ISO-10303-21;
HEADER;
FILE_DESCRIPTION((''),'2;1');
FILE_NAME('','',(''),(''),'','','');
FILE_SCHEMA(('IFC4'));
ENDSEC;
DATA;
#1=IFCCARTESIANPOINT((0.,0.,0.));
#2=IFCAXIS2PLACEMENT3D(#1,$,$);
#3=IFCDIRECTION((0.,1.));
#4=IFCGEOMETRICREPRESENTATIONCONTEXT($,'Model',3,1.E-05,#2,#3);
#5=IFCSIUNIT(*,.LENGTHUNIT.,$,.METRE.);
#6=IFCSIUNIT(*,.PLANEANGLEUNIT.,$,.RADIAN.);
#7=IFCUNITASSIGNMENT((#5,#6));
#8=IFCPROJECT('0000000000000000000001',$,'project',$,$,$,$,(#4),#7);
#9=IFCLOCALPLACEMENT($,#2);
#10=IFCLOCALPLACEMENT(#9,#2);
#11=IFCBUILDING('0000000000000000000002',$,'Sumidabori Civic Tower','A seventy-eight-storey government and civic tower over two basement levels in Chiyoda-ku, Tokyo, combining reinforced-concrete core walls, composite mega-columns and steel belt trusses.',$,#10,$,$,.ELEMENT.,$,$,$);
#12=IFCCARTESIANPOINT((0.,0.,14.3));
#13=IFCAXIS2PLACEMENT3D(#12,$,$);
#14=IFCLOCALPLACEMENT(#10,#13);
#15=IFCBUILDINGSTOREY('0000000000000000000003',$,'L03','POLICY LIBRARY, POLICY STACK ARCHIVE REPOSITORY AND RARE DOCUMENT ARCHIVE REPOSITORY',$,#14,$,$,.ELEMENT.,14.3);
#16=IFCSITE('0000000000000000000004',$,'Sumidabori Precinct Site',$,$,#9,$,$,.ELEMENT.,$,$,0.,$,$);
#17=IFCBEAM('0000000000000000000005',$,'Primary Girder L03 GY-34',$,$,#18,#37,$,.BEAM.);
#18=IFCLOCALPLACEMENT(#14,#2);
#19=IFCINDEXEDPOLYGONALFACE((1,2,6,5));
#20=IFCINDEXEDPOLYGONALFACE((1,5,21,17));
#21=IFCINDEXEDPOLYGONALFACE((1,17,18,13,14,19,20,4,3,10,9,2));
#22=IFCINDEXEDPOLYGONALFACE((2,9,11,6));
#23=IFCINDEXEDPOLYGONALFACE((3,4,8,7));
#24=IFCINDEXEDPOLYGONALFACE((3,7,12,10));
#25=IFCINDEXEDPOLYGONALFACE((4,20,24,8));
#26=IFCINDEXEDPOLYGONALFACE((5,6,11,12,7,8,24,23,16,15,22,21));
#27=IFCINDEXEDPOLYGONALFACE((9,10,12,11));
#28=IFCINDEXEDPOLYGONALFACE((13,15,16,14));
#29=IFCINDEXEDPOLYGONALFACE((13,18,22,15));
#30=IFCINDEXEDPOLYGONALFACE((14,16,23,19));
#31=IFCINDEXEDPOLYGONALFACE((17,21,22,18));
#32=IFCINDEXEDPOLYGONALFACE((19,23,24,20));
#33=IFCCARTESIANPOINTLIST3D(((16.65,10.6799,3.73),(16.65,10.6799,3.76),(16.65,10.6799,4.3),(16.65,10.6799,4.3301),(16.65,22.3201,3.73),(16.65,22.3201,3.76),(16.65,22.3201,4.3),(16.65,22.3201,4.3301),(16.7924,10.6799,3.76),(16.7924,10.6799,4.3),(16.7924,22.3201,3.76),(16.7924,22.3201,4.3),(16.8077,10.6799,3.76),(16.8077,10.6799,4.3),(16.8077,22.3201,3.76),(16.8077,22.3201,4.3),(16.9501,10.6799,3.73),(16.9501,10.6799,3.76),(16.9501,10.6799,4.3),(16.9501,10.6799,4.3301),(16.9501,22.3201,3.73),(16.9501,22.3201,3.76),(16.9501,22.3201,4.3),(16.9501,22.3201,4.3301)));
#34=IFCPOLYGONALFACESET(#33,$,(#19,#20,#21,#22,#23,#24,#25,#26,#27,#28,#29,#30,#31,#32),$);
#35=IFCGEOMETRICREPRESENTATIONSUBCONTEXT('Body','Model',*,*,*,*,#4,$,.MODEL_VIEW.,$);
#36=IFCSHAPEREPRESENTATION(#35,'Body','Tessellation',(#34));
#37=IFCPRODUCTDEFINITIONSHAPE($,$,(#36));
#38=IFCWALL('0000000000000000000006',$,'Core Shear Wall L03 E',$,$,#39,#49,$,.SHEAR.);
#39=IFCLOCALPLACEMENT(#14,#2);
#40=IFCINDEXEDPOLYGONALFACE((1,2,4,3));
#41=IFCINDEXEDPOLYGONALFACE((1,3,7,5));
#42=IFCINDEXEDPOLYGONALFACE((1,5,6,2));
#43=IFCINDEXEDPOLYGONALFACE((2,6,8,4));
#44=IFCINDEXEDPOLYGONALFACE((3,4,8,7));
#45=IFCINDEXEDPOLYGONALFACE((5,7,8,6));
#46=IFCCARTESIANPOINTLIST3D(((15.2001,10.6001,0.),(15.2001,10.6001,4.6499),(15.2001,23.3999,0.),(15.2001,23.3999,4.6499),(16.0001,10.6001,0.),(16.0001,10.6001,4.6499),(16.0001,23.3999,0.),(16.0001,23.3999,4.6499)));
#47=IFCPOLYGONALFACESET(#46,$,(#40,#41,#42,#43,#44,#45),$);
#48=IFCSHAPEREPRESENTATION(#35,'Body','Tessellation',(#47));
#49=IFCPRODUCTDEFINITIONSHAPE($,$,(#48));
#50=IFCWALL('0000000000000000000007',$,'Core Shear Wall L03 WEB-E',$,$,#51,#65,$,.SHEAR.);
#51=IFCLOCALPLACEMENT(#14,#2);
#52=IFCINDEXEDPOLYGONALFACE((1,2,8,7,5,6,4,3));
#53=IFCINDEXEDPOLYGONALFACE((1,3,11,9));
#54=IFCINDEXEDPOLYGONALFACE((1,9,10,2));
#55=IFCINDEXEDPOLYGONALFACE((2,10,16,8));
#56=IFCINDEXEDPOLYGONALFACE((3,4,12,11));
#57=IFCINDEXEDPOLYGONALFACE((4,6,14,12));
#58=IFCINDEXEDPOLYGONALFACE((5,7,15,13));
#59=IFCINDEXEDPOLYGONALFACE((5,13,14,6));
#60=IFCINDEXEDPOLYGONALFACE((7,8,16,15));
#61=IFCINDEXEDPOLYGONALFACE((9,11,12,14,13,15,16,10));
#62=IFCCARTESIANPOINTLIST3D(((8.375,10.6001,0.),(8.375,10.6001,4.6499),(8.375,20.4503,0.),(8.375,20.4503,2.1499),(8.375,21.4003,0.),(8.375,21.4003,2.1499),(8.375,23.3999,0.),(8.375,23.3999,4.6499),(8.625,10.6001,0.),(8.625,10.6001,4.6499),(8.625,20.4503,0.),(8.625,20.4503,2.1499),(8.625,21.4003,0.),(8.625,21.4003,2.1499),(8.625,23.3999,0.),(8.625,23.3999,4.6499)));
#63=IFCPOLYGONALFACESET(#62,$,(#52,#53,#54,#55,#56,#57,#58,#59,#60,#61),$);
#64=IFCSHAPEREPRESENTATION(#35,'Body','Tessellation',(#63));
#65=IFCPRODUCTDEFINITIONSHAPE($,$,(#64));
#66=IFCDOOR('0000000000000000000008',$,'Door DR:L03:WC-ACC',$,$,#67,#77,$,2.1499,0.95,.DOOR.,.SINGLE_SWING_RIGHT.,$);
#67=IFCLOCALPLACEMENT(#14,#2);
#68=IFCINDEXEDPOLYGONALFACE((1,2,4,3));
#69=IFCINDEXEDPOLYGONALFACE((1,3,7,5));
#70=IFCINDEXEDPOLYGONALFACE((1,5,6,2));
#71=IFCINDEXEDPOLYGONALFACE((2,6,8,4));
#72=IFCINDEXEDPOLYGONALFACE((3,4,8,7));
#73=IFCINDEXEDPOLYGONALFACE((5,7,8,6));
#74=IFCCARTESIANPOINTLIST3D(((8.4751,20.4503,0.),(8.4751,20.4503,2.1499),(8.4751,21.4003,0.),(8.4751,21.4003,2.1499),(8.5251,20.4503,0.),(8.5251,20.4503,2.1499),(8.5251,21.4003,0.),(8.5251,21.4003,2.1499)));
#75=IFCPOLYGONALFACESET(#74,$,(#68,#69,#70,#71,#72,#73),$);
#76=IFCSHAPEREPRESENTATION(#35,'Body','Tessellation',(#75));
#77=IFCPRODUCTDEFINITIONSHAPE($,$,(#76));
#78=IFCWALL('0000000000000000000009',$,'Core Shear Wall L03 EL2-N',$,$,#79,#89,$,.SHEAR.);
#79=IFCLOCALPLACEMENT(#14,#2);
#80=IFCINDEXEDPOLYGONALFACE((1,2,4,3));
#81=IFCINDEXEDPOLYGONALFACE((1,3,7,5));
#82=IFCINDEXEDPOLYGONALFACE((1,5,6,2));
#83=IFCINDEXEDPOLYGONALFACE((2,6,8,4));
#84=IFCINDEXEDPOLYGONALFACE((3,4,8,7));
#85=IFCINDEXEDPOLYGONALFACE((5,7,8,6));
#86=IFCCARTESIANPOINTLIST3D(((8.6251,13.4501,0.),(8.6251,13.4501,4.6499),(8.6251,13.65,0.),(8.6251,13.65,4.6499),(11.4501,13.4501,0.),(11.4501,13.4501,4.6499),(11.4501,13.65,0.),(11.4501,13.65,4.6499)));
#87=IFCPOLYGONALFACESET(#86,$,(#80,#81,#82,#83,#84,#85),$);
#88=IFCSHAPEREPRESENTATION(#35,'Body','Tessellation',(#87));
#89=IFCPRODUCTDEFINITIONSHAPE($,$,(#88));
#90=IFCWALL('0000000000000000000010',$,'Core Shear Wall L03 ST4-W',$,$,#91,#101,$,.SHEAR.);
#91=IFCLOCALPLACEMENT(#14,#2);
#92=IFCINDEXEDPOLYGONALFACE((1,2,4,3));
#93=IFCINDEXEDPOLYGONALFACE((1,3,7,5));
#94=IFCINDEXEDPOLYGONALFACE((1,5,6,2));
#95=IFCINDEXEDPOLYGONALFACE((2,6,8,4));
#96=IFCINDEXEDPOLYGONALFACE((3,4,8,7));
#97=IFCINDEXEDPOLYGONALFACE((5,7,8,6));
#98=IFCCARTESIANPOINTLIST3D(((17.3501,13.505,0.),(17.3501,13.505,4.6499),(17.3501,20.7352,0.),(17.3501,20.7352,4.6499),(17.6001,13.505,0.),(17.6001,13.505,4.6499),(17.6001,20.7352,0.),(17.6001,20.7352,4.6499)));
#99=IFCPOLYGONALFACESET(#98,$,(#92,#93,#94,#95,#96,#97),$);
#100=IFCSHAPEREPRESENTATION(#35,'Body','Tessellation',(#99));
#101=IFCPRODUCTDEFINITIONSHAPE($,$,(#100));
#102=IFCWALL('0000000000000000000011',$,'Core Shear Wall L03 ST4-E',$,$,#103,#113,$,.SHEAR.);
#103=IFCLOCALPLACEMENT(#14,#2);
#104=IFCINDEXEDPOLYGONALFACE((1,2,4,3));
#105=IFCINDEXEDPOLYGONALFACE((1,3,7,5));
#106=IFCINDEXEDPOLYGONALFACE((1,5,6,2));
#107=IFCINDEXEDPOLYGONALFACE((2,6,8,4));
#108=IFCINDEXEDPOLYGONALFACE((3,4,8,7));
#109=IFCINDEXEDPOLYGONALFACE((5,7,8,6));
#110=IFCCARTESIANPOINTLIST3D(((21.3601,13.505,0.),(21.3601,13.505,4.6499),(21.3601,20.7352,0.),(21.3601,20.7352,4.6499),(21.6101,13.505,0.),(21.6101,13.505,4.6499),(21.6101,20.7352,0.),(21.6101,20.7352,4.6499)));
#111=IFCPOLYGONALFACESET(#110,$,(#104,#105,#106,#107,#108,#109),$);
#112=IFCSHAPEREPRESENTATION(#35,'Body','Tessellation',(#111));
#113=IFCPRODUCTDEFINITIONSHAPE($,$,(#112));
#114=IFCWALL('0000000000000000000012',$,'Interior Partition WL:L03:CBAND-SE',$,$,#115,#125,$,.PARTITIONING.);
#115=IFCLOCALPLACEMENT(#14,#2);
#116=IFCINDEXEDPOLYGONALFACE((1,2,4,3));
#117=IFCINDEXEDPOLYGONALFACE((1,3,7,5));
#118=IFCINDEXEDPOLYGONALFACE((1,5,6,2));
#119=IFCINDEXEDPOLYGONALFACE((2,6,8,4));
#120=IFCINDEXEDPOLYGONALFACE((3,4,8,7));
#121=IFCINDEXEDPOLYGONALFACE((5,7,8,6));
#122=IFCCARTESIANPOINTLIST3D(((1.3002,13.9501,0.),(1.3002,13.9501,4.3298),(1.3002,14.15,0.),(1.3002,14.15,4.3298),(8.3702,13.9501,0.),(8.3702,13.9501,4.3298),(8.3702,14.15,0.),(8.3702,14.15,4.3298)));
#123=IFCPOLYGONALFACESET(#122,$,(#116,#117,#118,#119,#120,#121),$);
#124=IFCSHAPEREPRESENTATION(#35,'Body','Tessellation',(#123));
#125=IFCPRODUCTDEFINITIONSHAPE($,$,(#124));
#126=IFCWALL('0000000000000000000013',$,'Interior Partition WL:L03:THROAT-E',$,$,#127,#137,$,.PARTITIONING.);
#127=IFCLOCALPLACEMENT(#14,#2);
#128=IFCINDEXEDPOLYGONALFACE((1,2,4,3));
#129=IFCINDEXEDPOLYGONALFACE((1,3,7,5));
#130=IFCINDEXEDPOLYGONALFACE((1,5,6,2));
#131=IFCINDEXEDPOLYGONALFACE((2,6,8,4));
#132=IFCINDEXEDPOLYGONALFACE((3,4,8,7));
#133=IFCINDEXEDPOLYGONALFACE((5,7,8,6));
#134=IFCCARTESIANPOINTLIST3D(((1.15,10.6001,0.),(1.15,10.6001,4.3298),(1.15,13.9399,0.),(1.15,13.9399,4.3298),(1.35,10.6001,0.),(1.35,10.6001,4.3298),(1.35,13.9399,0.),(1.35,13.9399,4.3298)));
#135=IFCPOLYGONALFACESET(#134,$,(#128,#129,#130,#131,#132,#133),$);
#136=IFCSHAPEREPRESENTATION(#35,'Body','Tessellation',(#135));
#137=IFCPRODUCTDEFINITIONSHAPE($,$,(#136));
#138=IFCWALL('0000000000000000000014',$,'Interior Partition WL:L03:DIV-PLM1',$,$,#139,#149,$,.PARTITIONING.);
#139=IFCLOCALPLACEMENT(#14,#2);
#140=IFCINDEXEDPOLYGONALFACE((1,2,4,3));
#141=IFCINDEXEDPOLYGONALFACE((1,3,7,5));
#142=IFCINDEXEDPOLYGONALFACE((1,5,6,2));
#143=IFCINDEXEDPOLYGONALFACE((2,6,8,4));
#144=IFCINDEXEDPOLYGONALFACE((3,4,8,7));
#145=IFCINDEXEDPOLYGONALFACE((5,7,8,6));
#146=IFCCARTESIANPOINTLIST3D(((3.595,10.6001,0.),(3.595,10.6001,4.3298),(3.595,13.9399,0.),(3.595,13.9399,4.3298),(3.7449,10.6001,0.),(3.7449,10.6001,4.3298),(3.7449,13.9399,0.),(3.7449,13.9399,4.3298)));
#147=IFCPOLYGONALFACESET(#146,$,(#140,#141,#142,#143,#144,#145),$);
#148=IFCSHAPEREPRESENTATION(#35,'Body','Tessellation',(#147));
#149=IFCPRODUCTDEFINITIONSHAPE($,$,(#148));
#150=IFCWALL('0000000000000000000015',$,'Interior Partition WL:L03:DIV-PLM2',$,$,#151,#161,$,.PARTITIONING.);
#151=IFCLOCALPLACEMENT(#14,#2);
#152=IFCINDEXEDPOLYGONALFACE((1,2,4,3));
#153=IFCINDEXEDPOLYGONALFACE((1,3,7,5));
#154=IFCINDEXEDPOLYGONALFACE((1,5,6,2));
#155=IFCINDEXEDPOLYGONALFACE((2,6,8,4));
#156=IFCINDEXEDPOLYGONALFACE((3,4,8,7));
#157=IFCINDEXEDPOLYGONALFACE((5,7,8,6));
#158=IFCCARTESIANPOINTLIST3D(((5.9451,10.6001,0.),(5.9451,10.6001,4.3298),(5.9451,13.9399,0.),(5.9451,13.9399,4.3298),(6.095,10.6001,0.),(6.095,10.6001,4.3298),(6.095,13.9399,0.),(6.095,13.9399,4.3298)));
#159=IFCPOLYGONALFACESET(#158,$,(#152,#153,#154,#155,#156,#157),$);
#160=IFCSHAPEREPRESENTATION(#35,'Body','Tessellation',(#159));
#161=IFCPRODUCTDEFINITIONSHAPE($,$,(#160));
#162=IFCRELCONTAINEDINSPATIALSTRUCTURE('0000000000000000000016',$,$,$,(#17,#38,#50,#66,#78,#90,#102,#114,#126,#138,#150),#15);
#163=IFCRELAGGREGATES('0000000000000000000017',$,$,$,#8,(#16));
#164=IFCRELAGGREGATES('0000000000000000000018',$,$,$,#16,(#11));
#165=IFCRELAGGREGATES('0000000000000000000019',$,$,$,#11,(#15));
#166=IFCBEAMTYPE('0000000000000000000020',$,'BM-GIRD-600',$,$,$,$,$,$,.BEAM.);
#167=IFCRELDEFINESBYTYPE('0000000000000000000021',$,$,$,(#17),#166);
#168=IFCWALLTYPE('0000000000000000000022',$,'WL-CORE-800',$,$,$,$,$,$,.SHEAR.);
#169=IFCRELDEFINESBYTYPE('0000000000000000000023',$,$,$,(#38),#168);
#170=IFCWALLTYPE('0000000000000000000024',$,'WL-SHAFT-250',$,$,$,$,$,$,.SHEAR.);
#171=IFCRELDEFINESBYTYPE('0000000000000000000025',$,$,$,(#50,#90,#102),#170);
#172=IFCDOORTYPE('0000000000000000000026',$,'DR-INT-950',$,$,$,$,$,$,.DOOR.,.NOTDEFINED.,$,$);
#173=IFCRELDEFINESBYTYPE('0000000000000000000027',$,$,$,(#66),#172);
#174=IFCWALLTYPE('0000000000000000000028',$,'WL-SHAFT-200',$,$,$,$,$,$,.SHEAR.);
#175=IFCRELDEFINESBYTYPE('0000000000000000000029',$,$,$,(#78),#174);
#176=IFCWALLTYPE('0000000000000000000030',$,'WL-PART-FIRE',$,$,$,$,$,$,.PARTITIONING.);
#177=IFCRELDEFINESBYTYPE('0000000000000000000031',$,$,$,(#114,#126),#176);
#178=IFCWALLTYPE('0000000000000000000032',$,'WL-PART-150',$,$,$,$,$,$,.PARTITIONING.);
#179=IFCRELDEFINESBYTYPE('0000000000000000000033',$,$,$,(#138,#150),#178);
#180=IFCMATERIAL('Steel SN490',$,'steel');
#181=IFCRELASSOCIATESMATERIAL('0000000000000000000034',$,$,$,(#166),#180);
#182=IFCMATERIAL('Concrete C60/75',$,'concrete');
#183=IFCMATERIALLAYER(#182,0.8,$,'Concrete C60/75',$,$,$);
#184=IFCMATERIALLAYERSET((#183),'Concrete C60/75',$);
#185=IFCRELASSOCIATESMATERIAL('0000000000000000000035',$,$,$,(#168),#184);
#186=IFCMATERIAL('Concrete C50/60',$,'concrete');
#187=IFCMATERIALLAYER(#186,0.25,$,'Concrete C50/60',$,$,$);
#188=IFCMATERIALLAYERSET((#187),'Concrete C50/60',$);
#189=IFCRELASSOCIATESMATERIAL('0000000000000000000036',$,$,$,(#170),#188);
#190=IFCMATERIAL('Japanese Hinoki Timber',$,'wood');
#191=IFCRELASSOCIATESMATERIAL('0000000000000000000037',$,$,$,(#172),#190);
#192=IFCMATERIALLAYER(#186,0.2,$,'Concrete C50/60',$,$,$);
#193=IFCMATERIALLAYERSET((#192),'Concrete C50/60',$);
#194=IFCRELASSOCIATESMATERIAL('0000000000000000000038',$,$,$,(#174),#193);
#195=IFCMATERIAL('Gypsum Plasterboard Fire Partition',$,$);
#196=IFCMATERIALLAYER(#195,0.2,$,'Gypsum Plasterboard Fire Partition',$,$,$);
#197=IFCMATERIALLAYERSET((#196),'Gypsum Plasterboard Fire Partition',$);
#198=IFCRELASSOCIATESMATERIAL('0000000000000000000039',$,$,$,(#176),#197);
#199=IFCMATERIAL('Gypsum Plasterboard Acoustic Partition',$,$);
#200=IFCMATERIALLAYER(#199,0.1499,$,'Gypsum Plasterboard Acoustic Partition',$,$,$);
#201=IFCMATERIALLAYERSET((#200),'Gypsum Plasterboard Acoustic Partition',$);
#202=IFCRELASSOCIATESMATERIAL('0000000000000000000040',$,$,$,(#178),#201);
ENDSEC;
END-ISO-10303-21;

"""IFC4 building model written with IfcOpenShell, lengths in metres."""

from ifc_helpers import new_model, si_unit, direction, frame, frame_2d, origin, origin_2d, place, context, subcontext, project, spatial, rectangle, i_section, extrude, source, transform, mapped, material, layer, layer_set, material_profile, profile_set, type_object, element, fill, save


model = new_model("IFC4")

# Units and contexts
model_context = context("Model", 3, precision=1e-05, world=origin(), true_north=direction((0.0, 1.0)))
body_context = subcontext(model_context, "Body", "Model", "MODEL_VIEW")
ifc_project = project(units=[si_unit("LENGTHUNIT", "METRE"), si_unit("PLANEANGLEUNIT", "RADIAN")], contexts=[model_context])

# Site, building, storey
site_placement = place(None, origin())
site = spatial("IfcSite", under=ifc_project, at=site_placement, Name="Sumidabori Precinct Site", CompositionType="ELEMENT", RefElevation=0.0)
building_placement = place(site_placement, origin())
building = spatial("IfcBuilding", under=site, at=building_placement, Name="Sumidabori Civic Tower", Description="A seventy-eight-storey government and civic tower over two basement levels in Chiyoda-ku, Tokyo, combining reinforced-concrete core walls, composite mega-columns and steel belt trusses.", CompositionType="ELEMENT")
storey_placement = place(building_placement, frame((0.0, 0.0, 14.3)))
storey = spatial("IfcBuildingStorey", under=building, at=storey_placement, Name="L03", Description="POLICY LIBRARY, POLICY STACK ARCHIVE REPOSITORY AND RARE DOCUMENT ARCHIVE REPOSITORY", CompositionType="ELEMENT", Elevation=14.3)

# Shared definitions
ifc_material_1 = material(Name="Concrete C60/75", Category="concrete")

# Beam
ifc_material_2 = material(Name="Steel SN490", Category="steel")
ifc_material_profile_1 = material_profile(ifc_material_2, i_section(OverallWidth=0.3, OverallDepth=0.6001, WebThickness=0.0154, FlangeThickness=0.03, at=origin_2d()), Name="HE 600 B")
ifc_profile_set_1 = profile_set([ifc_material_profile_1], Name="Steel SN490")
beam_type_1 = type_object("IfcBeamType", Name="BM-GIRD-600", PredefinedType="BEAM", material=ifc_profile_set_1)
shared_shape_1 = source(origin(), body_context, "Body", "SweptSolid", [
    extrude(i_section(OverallWidth=0.3, OverallDepth=0.6001, WebThickness=0.0154, FlangeThickness=0.03, at=origin_2d()), origin(), (0.0, 0.0, 1.0), 11.6401),
])
beam_1_placement = place(storey_placement, frame((16.8, 10.6799, 4.03), z_axis=(0.0, 1.0, 0.0), x_axis=(-1.0, 0.0, 0.0)))
element("IfcBeam", 1, at=beam_1_placement, inside=storey, type_object=beam_type_1, Name="Primary Girder L03 GY-34", PredefinedType="BEAM", context=body_context, shape_type="MappedRepresentation", body=[
    mapped(shared_shape_1, transform((0.0, 0.0, 0.0), x_axis=(1.0, 0.0, 0.0), y_axis=(0.0, 1.0, 0.0), z_axis=(0.0, 0.0, 1.0), scale=1.0)),
])

# Wall
ifc_layer_1 = layer(ifc_material_1, 0.8, Name="Concrete C60/75")
ifc_layer_set_1 = layer_set([ifc_layer_1], Name="Concrete C60/75")
wall_type_1 = type_object("IfcWallType", Name="WL-CORE-800", PredefinedType="SHEAR", material=ifc_layer_set_1)
shared_shape_2 = source(origin(), body_context, "Body", "SweptSolid", [
    extrude(rectangle(XDim=12.7998, YDim=0.8, at=frame_2d((6.3999, 0.0))), origin(), (0.0, 0.0, 1.0), 4.6499),
])
wall_1_placement = place(storey_placement, frame((15.6001, 10.6001, 0.0), z_axis=(0.0, 0.0, 1.0), x_axis=(0.0, 1.0, 0.0)))
element("IfcWall", 2, at=wall_1_placement, inside=storey, type_object=wall_type_1, Name="Core Shear Wall L03 E", PredefinedType="SHEAR", context=body_context, shape_type="MappedRepresentation", body=[
    mapped(shared_shape_2, transform((0.0, 0.0, 0.0), x_axis=(1.0, 0.0, 0.0), y_axis=(0.0, 1.0, 0.0), z_axis=(0.0, 0.0, 1.0), scale=1.0)),
])

# Wall, opening, door
ifc_material_3 = material(Name="Concrete C50/60", Category="concrete")
ifc_layer_2 = layer(ifc_material_3, 0.25, Name="Concrete C50/60")
ifc_layer_set_2 = layer_set([ifc_layer_2], Name="Concrete C50/60")
wall_type_2 = type_object("IfcWallType", Name="WL-SHAFT-250", PredefinedType="SHEAR", material=ifc_layer_set_2)
shared_shape_3 = source(origin(), body_context, "Body", "SweptSolid", [
    extrude(rectangle(XDim=12.7998, YDim=0.25, at=frame_2d((6.3999, 0.0))), origin(), (0.0, 0.0, 1.0), 4.6499),
])
wall_2_placement = place(storey_placement, frame((8.5, 10.6001, 0.0), z_axis=(0.0, 0.0, 1.0), x_axis=(0.0, 1.0, 0.0)))
wall_2 = element("IfcWall", 3, at=wall_2_placement, inside=storey, type_object=wall_type_2, Name="Core Shear Wall L03 WEB-E", PredefinedType="SHEAR", context=body_context, shape_type="MappedRepresentation", body=[
    mapped(shared_shape_3, transform((0.0, 0.0, 0.0), x_axis=(1.0, 0.0, 0.0), y_axis=(0.0, 1.0, 0.0), z_axis=(0.0, 0.0, 1.0), scale=1.0)),
])
opening_1_placement = place(wall_2_placement, frame((9.8501, 0.0, 0.0)))
opening_1 = element("IfcOpeningElement", 4, at=opening_1_placement, cuts=wall_2, PredefinedType="OPENING", context=body_context, shape_type="SweptSolid", body=[
    extrude(rectangle(XDim=0.95, YDim=2.1499, at=frame_2d((0.4751, 1.075))), frame((0.0, 0.137, 0.0), z_axis=(0.0, -1.0, 0.0), x_axis=(1.0, 0.0, 0.0)), (0.0, 0.0, 1.0), 0.2739),
])
ifc_material_4 = material(Name="Japanese Hinoki Timber", Category="wood")
door_type_1 = type_object("IfcDoorType", Name="DR-INT-950", OperationType="NOTDEFINED", PredefinedType="DOOR", material=ifc_material_4)
shared_shape_4 = source(origin(), body_context, "Body", "SweptSolid", [
    extrude(rectangle(XDim=0.95, YDim=2.1499, at=frame_2d((0.4751, 1.075))), frame((0.0, 0.0249, 0.0), z_axis=(0.0, -1.0, 0.0), x_axis=(1.0, 0.0, 0.0)), (0.0, 0.0, 1.0), 0.05),
])
door_1_placement = place(opening_1_placement, origin())
door_1 = element("IfcDoor", 5, at=door_1_placement, inside=storey, type_object=door_type_1, Name="Door DR:L03:WC-ACC", OperationType="SINGLE_SWING_RIGHT", OverallHeight=2.1499, OverallWidth=0.95, PredefinedType="DOOR", context=body_context, shape_type="MappedRepresentation", body=[
    mapped(shared_shape_4, transform((0.0, 0.0, 0.0), x_axis=(1.0, 0.0, 0.0), y_axis=(0.0, 1.0, 0.0), z_axis=(0.0, 0.0, 1.0), scale=1.0)),
])
fill(opening_1, door_1)
ifc_layer_3 = layer(ifc_material_3, 0.2, Name="Concrete C50/60")
ifc_layer_set_3 = layer_set([ifc_layer_3], Name="Concrete C50/60")
wall_type_3 = type_object("IfcWallType", Name="WL-SHAFT-200", PredefinedType="SHEAR", material=ifc_layer_set_3)

# Wall
shared_shape_5 = source(origin(), body_context, "Body", "SweptSolid", [
    extrude(rectangle(XDim=2.825, YDim=0.2, at=frame_2d((1.4126, 0.0))), origin(), (0.0, 0.0, 1.0), 4.6499),
])
wall_3_placement = place(storey_placement, frame((8.625, 13.55, 0.0), z_axis=(0.0, 0.0, 1.0), x_axis=(1.0, 0.0, 0.0)))
element("IfcWall", 6, at=wall_3_placement, inside=storey, type_object=wall_type_3, Name="Core Shear Wall L03 EL2-N", PredefinedType="SHEAR", context=body_context, shape_type="MappedRepresentation", body=[
    mapped(shared_shape_5, transform((0.0, 0.0, 0.0), x_axis=(1.0, 0.0, 0.0), y_axis=(0.0, 1.0, 0.0), z_axis=(0.0, 0.0, 1.0), scale=1.0)),
])

# Walls
shared_shape_6 = source(origin(), body_context, "Body", "SweptSolid", [
    extrude(rectangle(XDim=7.2302, YDim=0.25, at=frame_2d((3.6152, 0.0))), origin(), (0.0, 0.0, 1.0), 4.6499),
])
for number, where, z_axis, x_axis, name in (
    (7, (17.4751, 13.5049, 0.0), (0.0, 0.0, 1.0), (0.0, 1.0, 0.0), "Core Shear Wall L03 ST4-W"),
    (8, (21.4851, 13.5049, 0.0), (0.0, 0.0, 1.0), (0.0, 1.0, 0.0), "Core Shear Wall L03 ST4-E"),
):
    element("IfcWall", number, at=place(storey_placement, frame(where, z_axis=z_axis, x_axis=x_axis)), inside=storey, type_object=wall_type_2, Name=name, PredefinedType="SHEAR", context=body_context, shape_type="MappedRepresentation", body=[
        mapped(shared_shape_6, transform((0.0, 0.0, 0.0), x_axis=(1.0, 0.0, 0.0), y_axis=(0.0, 1.0, 0.0), z_axis=(0.0, 0.0, 1.0), scale=1.0)),
    ])
ifc_material_5 = material(Name="Gypsum Plasterboard Fire Partition")
ifc_layer_4 = layer(ifc_material_5, 0.2, Name="Gypsum Plasterboard Fire Partition")
ifc_layer_set_4 = layer_set([ifc_layer_4], Name="Gypsum Plasterboard Fire Partition")
wall_type_4 = type_object("IfcWallType", Name="WL-PART-FIRE", PredefinedType="PARTITIONING", material=ifc_layer_set_4)
shared_shape_7 = source(origin(), body_context, "Body", "SweptSolid", [
    extrude(rectangle(XDim=7.0701, YDim=0.2, at=frame_2d((3.5352, 0.0))), origin(), (0.0, 0.0, 1.0), 4.3298),
])
wall_4_placement = place(storey_placement, frame((1.3, 14.05, 0.0), z_axis=(0.0, 0.0, 1.0), x_axis=(1.0, 0.0, 0.0)))
element("IfcWall", 9, at=wall_4_placement, inside=storey, type_object=wall_type_4, Name="Interior Partition WL:L03:CBAND-SE", PredefinedType="PARTITIONING", context=body_context, shape_type="MappedRepresentation", body=[
    mapped(shared_shape_7, transform((0.0, 0.0, 0.0), x_axis=(1.0, 0.0, 0.0), y_axis=(0.0, 1.0, 0.0), z_axis=(0.0, 0.0, 1.0), scale=1.0)),
])
shared_shape_8 = source(origin(), body_context, "Body", "SweptSolid", [
    extrude(rectangle(XDim=3.3398, YDim=0.2, at=frame_2d((1.6699, 0.0))), origin(), (0.0, 0.0, 1.0), 4.3298),
])
wall_5_placement = place(storey_placement, frame((1.25, 10.6001, 0.0), z_axis=(0.0, 0.0, 1.0), x_axis=(0.0, 1.0, 0.0)))
element("IfcWall", 10, at=wall_5_placement, inside=storey, type_object=wall_type_4, Name="Interior Partition WL:L03:THROAT-E", PredefinedType="PARTITIONING", context=body_context, shape_type="MappedRepresentation", body=[
    mapped(shared_shape_8, transform((0.0, 0.0, 0.0), x_axis=(1.0, 0.0, 0.0), y_axis=(0.0, 1.0, 0.0), z_axis=(0.0, 0.0, 1.0), scale=1.0)),
])
ifc_material_6 = material(Name="Gypsum Plasterboard Acoustic Partition")
ifc_layer_5 = layer(ifc_material_6, 0.1499, Name="Gypsum Plasterboard Acoustic Partition")
ifc_layer_set_5 = layer_set([ifc_layer_5], Name="Gypsum Plasterboard Acoustic Partition")
wall_type_5 = type_object("IfcWallType", Name="WL-PART-150", PredefinedType="PARTITIONING", material=ifc_layer_set_5)
shared_shape_9 = source(origin(), body_context, "Body", "SweptSolid", [
    extrude(rectangle(XDim=3.3398, YDim=0.1499, at=frame_2d((1.6699, 0.0))), origin(), (0.0, 0.0, 1.0), 4.3298),
])
for number, where, z_axis, x_axis, name in (
    (11, (3.6699, 10.6001, 0.0), (0.0, 0.0, 1.0), (0.0, 1.0, 0.0), "Interior Partition WL:L03:DIV-PLM1"),
    (12, (6.02, 10.6001, 0.0), (0.0, 0.0, 1.0), (0.0, 1.0, 0.0), "Interior Partition WL:L03:DIV-PLM2"),
):
    element("IfcWall", number, at=place(storey_placement, frame(where, z_axis=z_axis, x_axis=x_axis)), inside=storey, type_object=wall_type_5, Name=name, PredefinedType="PARTITIONING", context=body_context, shape_type="MappedRepresentation", body=[
        mapped(shared_shape_9, transform((0.0, 0.0, 0.0), x_axis=(1.0, 0.0, 0.0), y_axis=(0.0, 1.0, 0.0), z_axis=(0.0, 0.0, 1.0), scale=1.0)),
    ])

save(model, "model.ifc")
